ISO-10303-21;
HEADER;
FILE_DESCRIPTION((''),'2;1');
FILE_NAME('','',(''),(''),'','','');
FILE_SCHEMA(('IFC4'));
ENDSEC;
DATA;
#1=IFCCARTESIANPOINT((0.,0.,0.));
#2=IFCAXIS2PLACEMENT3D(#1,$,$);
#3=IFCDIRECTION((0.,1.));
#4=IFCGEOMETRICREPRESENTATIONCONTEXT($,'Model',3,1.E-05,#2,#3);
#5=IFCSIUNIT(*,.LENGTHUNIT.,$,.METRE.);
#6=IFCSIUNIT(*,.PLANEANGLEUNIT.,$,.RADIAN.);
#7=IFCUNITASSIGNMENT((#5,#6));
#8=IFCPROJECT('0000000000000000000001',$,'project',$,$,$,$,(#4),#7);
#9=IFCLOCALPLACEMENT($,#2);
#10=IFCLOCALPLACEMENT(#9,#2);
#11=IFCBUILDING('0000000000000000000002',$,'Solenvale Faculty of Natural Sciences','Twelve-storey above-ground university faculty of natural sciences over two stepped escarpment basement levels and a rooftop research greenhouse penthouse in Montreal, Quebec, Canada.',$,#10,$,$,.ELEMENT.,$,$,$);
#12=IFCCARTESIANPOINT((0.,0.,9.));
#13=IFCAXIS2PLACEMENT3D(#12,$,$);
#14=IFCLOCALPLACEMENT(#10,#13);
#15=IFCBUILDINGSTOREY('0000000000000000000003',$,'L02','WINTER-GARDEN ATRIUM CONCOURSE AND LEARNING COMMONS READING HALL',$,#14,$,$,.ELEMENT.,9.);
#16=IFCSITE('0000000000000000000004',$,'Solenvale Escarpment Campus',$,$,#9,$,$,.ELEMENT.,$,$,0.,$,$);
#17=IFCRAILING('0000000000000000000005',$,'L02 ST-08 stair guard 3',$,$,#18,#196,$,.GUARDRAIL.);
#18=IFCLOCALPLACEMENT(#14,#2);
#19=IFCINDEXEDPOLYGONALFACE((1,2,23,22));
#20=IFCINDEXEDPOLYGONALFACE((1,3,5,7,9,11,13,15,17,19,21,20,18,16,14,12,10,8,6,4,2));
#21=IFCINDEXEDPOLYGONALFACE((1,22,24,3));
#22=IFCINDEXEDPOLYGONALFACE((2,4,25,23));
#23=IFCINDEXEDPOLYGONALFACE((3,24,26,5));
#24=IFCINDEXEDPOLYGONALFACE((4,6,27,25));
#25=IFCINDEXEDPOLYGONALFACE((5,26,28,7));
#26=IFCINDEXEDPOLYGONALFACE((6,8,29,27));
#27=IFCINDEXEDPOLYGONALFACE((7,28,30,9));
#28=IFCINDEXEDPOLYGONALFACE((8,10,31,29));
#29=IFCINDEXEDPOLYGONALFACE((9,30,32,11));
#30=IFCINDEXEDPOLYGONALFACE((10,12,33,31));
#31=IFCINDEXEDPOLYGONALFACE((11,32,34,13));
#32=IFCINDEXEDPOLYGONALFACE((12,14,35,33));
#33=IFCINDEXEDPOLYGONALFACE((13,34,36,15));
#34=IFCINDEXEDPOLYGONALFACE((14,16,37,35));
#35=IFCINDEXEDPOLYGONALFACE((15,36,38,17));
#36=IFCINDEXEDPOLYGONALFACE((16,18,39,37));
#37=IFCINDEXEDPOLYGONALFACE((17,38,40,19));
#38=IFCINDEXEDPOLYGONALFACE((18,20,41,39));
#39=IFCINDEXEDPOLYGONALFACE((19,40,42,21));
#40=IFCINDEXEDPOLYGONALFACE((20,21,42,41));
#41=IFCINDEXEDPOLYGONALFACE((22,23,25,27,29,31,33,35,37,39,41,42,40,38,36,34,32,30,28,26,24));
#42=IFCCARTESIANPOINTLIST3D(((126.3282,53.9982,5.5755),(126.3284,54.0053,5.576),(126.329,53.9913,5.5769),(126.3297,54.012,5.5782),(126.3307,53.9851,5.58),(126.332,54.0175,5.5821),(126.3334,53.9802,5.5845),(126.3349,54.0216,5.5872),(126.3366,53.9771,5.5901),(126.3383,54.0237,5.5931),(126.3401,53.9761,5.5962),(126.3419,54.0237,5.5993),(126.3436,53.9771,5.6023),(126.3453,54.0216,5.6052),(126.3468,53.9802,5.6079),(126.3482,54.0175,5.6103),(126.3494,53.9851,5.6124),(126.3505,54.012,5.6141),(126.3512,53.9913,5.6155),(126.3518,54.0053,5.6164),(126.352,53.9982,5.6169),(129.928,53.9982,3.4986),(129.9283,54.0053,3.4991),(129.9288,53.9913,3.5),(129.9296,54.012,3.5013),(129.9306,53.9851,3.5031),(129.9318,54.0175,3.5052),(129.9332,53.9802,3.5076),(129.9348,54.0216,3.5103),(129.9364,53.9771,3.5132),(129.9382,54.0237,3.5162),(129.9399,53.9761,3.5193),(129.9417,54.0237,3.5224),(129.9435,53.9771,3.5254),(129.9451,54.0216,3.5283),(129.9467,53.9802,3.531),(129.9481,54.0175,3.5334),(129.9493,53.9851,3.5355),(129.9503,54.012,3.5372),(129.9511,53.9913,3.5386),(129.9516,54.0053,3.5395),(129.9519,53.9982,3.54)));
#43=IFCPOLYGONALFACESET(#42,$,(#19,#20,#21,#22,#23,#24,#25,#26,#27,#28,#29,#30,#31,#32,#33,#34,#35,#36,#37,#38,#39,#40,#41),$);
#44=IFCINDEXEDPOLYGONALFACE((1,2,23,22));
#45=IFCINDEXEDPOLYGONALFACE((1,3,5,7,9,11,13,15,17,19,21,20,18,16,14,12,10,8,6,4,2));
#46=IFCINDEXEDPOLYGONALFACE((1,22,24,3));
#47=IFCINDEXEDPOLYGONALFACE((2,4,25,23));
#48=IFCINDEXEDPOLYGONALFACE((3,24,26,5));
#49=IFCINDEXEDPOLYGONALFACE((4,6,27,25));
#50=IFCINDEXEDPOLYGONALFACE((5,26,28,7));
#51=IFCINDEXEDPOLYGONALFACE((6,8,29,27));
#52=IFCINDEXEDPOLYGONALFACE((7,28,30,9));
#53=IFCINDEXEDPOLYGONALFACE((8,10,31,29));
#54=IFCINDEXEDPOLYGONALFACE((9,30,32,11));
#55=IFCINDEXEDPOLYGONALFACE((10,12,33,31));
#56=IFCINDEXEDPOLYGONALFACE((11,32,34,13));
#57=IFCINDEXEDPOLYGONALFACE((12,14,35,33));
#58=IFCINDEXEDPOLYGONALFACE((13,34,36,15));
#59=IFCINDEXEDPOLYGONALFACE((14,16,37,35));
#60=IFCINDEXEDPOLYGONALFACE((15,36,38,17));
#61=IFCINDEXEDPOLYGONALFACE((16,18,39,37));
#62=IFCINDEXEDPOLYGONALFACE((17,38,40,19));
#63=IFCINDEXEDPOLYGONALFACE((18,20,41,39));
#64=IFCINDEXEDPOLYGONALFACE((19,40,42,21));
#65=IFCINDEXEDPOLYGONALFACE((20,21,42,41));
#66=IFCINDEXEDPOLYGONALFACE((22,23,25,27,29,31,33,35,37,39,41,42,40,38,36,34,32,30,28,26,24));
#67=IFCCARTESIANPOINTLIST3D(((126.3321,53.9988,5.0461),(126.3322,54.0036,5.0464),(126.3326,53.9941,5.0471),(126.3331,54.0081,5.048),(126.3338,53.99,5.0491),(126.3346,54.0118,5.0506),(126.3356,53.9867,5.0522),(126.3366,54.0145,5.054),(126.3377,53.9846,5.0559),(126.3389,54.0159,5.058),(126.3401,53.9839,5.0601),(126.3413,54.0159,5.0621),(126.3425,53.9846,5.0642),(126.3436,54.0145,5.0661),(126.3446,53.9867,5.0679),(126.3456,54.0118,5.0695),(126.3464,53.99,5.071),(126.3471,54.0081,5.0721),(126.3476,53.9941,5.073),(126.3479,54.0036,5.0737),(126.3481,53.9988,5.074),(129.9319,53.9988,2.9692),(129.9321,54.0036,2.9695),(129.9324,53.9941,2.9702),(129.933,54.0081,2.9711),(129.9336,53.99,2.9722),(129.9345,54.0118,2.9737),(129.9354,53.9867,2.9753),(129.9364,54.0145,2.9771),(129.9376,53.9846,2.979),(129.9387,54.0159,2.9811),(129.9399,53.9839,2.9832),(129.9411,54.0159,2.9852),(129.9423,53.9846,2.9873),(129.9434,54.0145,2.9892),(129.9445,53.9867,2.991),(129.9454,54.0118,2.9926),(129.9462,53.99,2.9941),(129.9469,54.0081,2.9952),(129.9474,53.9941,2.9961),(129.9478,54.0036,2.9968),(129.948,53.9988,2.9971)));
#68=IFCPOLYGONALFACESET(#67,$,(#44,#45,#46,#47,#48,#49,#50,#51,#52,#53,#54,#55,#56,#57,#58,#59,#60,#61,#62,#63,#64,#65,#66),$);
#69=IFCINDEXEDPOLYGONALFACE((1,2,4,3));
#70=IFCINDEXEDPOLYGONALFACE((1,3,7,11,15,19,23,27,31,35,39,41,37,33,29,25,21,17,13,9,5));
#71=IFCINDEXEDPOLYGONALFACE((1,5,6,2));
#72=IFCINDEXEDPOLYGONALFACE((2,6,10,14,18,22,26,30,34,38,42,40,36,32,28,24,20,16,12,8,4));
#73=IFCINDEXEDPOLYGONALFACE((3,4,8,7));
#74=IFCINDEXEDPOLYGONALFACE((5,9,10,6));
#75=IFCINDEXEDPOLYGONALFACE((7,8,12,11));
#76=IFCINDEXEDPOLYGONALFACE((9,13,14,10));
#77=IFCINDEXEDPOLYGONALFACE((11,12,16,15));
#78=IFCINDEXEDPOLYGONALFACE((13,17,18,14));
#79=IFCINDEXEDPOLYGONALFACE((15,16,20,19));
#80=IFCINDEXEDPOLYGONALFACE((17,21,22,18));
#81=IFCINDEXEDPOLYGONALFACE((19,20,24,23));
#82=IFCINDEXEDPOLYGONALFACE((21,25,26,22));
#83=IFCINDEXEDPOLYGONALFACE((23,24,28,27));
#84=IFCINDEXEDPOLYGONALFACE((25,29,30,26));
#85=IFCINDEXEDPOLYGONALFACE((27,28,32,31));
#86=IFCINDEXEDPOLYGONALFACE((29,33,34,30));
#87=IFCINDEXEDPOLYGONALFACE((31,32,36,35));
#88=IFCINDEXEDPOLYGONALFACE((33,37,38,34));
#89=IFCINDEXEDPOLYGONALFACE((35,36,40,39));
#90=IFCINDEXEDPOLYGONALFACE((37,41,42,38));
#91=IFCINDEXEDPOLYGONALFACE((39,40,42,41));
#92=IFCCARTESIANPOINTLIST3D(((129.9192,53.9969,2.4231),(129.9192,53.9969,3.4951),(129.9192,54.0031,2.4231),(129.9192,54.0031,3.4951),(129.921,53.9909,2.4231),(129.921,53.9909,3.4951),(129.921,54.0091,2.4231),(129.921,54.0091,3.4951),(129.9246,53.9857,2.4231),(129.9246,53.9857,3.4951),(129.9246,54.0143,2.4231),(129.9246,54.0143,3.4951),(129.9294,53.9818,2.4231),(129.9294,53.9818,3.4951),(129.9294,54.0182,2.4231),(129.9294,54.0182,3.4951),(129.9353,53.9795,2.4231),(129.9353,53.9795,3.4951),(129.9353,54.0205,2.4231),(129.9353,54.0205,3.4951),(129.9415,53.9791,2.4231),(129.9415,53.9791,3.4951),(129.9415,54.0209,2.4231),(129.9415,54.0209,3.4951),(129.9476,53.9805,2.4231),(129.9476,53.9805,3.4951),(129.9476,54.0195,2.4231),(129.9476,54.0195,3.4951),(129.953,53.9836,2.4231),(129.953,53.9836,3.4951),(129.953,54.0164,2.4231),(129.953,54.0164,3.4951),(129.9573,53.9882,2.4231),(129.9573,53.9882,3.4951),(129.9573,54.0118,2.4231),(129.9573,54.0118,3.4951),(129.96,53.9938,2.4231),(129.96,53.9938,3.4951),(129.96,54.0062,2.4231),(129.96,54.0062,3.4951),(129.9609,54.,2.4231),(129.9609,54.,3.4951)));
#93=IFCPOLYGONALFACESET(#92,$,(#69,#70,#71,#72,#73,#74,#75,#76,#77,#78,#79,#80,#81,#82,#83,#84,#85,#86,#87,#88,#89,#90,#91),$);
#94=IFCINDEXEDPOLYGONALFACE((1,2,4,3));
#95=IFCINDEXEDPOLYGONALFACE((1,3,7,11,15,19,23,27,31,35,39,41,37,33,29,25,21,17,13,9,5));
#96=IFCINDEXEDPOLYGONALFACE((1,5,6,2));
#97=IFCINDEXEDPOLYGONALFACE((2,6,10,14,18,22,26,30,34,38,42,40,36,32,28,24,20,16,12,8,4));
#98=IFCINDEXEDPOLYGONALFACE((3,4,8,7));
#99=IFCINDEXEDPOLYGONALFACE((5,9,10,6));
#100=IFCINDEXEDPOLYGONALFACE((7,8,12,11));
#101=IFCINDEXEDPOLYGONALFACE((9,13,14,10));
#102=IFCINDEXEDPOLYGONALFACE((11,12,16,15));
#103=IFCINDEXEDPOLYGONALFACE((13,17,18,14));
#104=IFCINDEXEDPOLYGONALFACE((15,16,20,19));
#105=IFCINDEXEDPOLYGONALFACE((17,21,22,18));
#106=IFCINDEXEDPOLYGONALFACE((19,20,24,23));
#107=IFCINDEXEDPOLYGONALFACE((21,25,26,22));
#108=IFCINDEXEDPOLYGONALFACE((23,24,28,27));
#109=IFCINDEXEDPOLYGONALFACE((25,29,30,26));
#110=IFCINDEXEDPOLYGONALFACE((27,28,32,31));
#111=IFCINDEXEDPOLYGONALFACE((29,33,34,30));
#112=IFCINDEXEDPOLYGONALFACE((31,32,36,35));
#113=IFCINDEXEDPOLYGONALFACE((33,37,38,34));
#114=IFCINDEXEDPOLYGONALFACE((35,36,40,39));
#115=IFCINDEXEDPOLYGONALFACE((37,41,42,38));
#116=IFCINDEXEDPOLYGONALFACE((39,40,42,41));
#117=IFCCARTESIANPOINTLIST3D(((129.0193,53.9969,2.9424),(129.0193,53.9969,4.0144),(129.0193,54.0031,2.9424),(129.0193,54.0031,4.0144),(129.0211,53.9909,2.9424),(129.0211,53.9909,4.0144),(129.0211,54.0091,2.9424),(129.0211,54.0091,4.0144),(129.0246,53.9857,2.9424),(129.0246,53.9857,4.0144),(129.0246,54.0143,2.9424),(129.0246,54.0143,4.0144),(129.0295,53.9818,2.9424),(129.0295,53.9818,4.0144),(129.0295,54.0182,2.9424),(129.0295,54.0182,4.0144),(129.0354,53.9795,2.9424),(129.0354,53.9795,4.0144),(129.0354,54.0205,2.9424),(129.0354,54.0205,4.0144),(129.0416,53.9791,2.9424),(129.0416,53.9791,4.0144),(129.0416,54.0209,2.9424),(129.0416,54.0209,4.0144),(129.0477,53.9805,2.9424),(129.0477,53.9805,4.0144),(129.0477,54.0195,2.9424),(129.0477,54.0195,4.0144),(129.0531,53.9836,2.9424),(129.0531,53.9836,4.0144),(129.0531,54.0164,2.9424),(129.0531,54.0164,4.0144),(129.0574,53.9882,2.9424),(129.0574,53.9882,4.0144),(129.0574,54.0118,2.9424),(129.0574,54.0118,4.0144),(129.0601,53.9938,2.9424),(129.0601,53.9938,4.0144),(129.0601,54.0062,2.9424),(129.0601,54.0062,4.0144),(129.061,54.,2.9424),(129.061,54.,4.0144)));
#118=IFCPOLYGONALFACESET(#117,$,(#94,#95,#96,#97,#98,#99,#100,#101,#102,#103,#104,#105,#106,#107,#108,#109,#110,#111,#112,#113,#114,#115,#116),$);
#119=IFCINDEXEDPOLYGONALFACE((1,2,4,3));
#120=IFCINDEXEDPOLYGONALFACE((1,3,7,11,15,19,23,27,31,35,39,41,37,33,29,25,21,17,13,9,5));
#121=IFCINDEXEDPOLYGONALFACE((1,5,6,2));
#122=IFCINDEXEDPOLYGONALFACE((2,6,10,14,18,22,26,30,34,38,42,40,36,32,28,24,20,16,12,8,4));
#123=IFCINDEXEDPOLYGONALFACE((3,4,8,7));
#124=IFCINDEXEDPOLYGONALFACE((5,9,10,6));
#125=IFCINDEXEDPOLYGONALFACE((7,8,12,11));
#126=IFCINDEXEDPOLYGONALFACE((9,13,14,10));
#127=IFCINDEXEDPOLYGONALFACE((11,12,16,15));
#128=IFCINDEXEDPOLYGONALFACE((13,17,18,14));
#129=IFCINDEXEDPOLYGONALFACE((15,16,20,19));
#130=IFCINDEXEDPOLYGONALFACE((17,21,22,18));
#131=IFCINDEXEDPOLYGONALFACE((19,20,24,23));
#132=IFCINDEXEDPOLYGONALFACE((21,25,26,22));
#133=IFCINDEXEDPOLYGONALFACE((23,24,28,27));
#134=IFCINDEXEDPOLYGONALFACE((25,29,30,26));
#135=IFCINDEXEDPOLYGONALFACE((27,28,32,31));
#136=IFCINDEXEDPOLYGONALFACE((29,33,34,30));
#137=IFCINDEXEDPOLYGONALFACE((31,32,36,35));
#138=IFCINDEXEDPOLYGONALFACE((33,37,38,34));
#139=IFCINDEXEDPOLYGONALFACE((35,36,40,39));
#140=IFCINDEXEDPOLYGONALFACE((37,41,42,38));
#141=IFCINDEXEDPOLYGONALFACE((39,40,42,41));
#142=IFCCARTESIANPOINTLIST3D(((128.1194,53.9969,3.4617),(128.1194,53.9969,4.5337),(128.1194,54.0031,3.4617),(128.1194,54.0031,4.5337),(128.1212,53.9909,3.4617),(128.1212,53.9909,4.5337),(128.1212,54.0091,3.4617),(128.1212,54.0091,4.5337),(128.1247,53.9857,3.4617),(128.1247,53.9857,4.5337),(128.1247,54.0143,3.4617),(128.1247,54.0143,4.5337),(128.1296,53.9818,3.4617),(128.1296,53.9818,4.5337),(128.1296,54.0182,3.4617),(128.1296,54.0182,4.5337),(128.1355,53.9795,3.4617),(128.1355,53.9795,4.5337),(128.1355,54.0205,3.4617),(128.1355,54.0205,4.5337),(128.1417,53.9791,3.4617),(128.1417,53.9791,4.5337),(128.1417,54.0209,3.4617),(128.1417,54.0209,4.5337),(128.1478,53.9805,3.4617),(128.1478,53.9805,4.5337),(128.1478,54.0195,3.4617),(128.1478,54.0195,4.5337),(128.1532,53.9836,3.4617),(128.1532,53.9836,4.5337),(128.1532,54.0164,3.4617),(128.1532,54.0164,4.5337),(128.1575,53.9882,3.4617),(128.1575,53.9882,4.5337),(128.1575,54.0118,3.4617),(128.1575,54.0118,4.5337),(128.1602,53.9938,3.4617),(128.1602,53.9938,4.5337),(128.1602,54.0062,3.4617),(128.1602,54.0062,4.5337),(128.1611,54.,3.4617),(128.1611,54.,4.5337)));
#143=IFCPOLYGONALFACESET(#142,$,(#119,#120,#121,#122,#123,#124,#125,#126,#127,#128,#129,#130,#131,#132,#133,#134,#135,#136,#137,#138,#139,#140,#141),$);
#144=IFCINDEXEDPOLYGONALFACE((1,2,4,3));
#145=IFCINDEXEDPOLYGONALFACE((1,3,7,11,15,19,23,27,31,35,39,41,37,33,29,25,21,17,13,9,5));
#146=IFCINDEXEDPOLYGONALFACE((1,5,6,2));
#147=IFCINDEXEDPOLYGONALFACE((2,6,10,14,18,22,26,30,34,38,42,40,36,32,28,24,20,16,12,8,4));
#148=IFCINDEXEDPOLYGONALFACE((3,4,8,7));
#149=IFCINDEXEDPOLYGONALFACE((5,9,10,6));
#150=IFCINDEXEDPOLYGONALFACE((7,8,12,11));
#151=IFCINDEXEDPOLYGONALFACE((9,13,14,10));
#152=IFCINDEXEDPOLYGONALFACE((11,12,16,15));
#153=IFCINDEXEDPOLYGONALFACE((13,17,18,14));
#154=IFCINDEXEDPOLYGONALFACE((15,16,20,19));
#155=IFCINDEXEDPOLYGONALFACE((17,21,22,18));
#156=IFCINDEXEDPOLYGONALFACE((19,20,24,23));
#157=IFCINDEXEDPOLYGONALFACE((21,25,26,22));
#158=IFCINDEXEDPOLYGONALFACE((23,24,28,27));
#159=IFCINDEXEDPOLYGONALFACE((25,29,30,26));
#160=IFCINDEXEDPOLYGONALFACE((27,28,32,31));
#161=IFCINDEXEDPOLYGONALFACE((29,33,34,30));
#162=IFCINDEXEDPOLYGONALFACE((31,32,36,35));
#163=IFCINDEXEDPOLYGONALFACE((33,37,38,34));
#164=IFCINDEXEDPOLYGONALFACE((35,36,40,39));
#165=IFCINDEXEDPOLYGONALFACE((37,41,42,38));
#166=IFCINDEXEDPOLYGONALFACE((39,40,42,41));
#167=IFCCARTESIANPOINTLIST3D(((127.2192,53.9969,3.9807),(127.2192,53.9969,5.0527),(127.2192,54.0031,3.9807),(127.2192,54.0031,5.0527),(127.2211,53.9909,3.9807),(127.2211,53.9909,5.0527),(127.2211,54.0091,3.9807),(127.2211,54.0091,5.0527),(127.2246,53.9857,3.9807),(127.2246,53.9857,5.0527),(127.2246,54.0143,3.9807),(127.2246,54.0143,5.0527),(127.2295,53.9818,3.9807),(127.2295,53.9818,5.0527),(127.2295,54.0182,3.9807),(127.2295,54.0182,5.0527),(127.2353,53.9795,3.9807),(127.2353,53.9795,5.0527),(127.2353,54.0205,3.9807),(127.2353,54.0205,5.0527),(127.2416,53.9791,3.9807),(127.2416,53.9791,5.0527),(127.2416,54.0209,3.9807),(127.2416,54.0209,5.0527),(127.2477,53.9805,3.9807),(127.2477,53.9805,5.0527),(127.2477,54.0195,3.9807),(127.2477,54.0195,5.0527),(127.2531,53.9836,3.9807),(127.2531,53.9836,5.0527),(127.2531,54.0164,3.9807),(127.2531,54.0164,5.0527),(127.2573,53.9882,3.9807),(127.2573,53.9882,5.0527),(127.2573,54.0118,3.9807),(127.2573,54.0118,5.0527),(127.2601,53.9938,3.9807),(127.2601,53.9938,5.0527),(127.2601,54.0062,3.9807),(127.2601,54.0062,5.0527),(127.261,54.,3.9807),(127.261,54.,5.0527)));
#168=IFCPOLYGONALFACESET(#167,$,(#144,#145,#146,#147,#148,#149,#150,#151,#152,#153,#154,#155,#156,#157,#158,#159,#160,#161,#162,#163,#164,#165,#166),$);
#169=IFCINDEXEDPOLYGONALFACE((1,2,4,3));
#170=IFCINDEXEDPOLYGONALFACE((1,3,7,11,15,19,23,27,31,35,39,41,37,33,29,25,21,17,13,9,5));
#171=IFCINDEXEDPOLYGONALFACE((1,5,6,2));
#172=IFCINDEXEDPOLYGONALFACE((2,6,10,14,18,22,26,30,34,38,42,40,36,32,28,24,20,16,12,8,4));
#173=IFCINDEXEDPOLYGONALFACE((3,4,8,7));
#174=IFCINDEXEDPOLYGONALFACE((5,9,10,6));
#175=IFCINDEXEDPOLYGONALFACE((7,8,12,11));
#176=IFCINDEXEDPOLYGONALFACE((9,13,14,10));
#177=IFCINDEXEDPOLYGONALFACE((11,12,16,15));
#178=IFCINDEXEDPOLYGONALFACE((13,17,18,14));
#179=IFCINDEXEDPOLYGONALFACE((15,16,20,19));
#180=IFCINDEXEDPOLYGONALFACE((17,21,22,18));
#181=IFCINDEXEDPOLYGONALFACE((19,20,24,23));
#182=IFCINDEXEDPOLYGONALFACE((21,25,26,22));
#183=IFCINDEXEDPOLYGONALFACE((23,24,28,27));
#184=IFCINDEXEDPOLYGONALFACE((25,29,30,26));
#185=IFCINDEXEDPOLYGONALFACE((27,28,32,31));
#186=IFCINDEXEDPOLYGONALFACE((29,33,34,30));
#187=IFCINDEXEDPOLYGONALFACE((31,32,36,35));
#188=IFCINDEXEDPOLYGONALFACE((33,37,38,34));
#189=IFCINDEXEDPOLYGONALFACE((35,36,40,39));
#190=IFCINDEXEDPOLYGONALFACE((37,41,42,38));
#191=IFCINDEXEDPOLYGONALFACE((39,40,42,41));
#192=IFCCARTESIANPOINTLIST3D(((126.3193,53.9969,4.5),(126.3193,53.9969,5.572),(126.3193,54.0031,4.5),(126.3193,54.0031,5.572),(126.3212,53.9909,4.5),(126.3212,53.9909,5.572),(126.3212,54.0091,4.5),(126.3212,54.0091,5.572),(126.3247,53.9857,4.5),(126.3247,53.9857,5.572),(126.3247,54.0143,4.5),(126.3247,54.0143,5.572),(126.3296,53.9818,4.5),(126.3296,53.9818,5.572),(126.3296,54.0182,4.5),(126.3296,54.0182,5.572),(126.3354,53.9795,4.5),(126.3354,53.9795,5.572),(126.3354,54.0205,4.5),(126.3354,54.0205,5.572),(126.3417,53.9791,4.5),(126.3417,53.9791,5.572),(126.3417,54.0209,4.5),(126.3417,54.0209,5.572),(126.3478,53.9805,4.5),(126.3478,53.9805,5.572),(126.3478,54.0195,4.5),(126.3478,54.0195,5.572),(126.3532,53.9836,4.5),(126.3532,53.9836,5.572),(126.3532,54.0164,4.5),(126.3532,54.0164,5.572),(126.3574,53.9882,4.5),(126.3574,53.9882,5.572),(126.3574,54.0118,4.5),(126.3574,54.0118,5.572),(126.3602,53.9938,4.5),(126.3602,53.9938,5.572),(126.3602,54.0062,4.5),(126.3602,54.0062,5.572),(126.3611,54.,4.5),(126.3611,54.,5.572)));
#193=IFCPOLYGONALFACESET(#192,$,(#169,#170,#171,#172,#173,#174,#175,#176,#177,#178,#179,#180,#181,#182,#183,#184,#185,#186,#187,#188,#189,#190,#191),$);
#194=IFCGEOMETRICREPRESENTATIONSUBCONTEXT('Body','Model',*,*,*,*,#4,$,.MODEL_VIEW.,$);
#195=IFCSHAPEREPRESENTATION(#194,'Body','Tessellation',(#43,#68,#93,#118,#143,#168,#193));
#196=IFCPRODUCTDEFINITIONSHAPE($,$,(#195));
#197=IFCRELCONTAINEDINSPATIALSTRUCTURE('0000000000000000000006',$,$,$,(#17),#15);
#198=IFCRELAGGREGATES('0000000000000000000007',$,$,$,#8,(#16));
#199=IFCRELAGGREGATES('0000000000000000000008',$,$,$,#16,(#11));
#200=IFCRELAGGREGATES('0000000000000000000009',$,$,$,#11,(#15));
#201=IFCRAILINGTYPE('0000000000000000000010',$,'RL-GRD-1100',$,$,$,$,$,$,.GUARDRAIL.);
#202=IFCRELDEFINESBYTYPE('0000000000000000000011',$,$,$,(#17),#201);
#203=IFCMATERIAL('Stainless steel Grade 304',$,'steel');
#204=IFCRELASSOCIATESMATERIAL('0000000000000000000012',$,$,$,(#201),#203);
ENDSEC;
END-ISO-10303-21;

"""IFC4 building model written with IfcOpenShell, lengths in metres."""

from ifc_helpers import new_model, si_unit, direction, frame, origin, origin_2d, place, context, subcontext, project, spatial, circle, extrude, material, type_object, element, save


model = new_model("IFC4")

# Units and contexts
model_context = context("Model", 3, precision=1e-05, world=origin(), true_north=direction((0.0, 1.0)))
body_context = subcontext(model_context, "Body", "Model", "MODEL_VIEW")
ifc_project = project(units=[si_unit("LENGTHUNIT", "METRE"), si_unit("PLANEANGLEUNIT", "RADIAN")], contexts=[model_context])

# Site, building, storey
site_placement = place(None, origin())
site = spatial("IfcSite", under=ifc_project, at=site_placement, Name="Solenvale Escarpment Campus", CompositionType="ELEMENT", RefElevation=0.0)
building_placement = place(site_placement, origin())
building = spatial("IfcBuilding", under=site, at=building_placement, Name="Solenvale Faculty of Natural Sciences", Description="Twelve-storey above-ground university faculty of natural sciences over two stepped escarpment basement levels and a rooftop research greenhouse penthouse in Montreal, Quebec, Canada.", CompositionType="ELEMENT")
storey_placement = place(building_placement, frame((0.0, 0.0, 9.0)))
storey = spatial("IfcBuildingStorey", under=building, at=storey_placement, Name="L02", Description="WINTER-GARDEN ATRIUM CONCOURSE AND LEARNING COMMONS READING HALL", CompositionType="ELEMENT", Elevation=9.0)

# Railing
ifc_material_1 = material(Name="Stainless steel Grade 304", Category="steel")
railing_type_1 = type_object("IfcRailingType", Name="RL-GRD-1100", PredefinedType="GUARDRAIL", material=ifc_material_1)
railing_1_placement = place(storey_placement, frame((129.9399, 54.0, 2.4231)))
element("IfcRailing", 1, at=railing_1_placement, inside=storey, type_object=railing_type_1, Name="L02 ST-08 stair guard 3", PredefinedType="GUARDRAIL", context=body_context, shape_type="SweptSolid", body=[
    extrude(circle(Radius=0.0239, at=origin_2d()), frame((0.0, 0.0, 1.0962), z_axis=(-0.866179, 0.0, 0.499734), x_axis=(0.0, -1.0, 0.0)), (0.0, 0.0, 1.0), 4.156),
    extrude(circle(Radius=0.0161, at=origin_2d()), frame((0.0, 0.0, 0.5601), z_axis=(-0.866179, 0.0, 0.499734), x_axis=(0.0, -1.0, 0.0)), (0.0, 0.0, 1.0), 4.156),
    extrude(circle(Radius=0.021, at=origin_2d()), origin(), (0.0, 0.0, 1.0), 1.072),
    extrude(circle(Radius=0.021, at=origin_2d()), frame((-0.8999, 0.0, 0.5193)), (0.0, 0.0, 1.0), 1.072),
    extrude(circle(Radius=0.021, at=origin_2d()), frame((-1.7998, 0.0, 1.0386)), (0.0, 0.0, 1.0), 1.072),
    extrude(circle(Radius=0.021, at=origin_2d()), frame((-2.7, 0.0, 1.5576)), (0.0, 0.0, 1.0), 1.072),
    extrude(circle(Radius=0.021, at=origin_2d()), frame((-3.5999, 0.0, 2.0769)), (0.0, 0.0, 1.0), 1.072),
])

save(model, "model.ifc")
